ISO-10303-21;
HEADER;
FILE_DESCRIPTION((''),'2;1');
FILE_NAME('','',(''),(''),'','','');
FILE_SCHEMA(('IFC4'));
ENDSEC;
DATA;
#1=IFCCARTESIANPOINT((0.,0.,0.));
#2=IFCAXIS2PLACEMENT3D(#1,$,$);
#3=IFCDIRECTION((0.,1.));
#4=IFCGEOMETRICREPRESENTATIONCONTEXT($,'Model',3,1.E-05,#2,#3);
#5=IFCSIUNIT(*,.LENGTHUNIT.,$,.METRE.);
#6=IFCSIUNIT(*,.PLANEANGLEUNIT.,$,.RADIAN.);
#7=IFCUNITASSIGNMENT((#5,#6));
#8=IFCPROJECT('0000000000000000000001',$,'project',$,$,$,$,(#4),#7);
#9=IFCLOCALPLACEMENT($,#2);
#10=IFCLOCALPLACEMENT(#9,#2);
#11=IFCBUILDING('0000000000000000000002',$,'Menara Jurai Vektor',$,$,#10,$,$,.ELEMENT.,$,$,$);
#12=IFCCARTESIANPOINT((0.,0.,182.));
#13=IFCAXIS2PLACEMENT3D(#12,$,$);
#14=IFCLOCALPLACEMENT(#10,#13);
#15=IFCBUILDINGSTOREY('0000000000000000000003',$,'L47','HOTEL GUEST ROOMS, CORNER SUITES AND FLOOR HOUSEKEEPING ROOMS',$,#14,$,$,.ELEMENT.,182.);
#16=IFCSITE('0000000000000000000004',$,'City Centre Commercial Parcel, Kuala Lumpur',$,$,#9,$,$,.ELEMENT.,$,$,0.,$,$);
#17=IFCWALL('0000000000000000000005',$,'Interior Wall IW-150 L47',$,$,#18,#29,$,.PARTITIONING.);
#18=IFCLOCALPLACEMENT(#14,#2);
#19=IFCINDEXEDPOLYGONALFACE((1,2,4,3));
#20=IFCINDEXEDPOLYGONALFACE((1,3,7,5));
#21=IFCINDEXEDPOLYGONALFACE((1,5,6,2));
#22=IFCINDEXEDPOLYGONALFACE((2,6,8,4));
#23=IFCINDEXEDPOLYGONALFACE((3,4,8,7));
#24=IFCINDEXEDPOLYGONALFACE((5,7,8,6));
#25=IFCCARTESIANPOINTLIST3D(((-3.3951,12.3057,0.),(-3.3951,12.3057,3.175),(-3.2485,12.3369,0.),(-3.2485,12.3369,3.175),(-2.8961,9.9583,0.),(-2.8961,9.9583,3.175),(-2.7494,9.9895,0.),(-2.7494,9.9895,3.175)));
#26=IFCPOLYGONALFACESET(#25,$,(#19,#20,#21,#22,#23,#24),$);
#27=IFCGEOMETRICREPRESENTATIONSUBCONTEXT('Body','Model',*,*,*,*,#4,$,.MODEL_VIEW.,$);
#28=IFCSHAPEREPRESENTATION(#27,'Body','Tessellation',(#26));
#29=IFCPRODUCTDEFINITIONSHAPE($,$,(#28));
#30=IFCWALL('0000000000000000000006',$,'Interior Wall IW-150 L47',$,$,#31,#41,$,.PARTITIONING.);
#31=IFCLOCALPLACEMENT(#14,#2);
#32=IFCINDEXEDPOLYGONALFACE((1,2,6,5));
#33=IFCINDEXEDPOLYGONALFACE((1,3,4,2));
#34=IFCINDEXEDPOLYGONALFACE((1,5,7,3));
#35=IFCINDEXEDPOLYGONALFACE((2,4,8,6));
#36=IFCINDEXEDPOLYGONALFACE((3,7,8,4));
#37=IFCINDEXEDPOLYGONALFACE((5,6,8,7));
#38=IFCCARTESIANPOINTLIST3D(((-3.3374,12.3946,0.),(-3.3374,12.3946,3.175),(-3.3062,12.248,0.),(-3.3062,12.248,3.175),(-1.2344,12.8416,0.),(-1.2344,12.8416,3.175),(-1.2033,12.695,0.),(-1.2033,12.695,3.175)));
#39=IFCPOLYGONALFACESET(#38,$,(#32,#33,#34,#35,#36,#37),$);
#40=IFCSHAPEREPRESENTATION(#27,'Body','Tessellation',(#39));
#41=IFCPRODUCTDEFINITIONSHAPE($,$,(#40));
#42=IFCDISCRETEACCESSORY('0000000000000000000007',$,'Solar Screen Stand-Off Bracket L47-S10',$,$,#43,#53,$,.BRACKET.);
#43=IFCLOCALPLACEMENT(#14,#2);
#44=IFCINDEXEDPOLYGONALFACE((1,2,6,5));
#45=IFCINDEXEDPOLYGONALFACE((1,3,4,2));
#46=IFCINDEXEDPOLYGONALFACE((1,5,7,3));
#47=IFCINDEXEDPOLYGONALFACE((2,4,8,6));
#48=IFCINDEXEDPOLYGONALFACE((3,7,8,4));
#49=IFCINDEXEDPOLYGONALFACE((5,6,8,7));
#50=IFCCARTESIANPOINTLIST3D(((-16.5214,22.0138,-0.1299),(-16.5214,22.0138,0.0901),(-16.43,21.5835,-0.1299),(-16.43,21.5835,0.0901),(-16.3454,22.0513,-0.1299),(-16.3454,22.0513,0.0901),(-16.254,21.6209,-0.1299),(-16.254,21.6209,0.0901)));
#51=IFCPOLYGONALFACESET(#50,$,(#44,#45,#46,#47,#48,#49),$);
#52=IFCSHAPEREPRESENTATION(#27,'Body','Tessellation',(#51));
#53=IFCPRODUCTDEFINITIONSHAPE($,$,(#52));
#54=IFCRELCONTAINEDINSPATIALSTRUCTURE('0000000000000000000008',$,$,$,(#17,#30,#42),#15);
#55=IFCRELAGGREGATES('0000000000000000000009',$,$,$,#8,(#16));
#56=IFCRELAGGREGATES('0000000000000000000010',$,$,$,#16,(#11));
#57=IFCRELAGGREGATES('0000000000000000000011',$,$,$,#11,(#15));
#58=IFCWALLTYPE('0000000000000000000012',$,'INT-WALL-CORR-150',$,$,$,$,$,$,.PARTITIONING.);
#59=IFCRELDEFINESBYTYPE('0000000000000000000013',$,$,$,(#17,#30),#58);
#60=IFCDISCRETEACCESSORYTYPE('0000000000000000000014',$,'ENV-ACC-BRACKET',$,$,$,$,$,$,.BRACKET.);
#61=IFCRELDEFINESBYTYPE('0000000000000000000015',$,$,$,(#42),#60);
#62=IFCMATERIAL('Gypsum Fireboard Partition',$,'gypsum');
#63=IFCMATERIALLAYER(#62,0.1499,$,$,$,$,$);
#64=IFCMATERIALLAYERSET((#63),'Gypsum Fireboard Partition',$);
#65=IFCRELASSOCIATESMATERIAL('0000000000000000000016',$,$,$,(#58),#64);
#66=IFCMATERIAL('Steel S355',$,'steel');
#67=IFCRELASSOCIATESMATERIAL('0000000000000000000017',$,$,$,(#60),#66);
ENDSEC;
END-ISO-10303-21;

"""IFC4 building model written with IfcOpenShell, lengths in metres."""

from ifc_helpers import new_model, si_unit, direction, frame, frame_2d, origin, origin_2d, place, context, subcontext, project, spatial, rectangle, extrude, material, layer, layer_set, type_object, element, save


model = new_model("IFC4")

# Units and contexts
model_context = context("Model", 3, precision=1e-05, world=origin(), true_north=direction((0.0, 1.0)))
body_context = subcontext(model_context, "Body", "Model", "MODEL_VIEW")
ifc_project = project(units=[si_unit("LENGTHUNIT", "METRE"), si_unit("PLANEANGLEUNIT", "RADIAN")], contexts=[model_context])

# Site, building, storey
site_placement = place(None, origin())
site = spatial("IfcSite", under=ifc_project, at=site_placement, Name="City Centre Commercial Parcel, Kuala Lumpur", CompositionType="ELEMENT", RefElevation=0.0)
building_placement = place(site_placement, origin())
building = spatial("IfcBuilding", under=site, at=building_placement, Name="Menara Jurai Vektor", CompositionType="ELEMENT")
storey_placement = place(building_placement, frame((0.0, 0.0, 182.0)))
storey = spatial("IfcBuildingStorey", under=building, at=storey_placement, Name="L47", Description="HOTEL GUEST ROOMS, CORNER SUITES AND FLOOR HOUSEKEEPING ROOMS", CompositionType="ELEMENT", Elevation=182.0)

# Shared definitions
ifc_material_1 = material(Name="Steel S355", Category="steel")

# Shared definitions
ifc_material_2 = material(Name="Gypsum Fireboard Partition", Category="gypsum")
ifc_layer_1 = layer(ifc_material_2, 0.1499)
ifc_layer_set_1 = layer_set([ifc_layer_1], Name="Gypsum Fireboard Partition")
wall_type = type_object("IfcWallType", Name="INT-WALL-CORR-150", PredefinedType="PARTITIONING", material=ifc_layer_set_1)

# Walls
wall_1_placement = place(storey_placement, frame((-2.8228, 9.9739, 0.0), z_axis=(0.0, 0.0, 1.0), x_axis=(-0.207938, 0.978142, 0.0)))
element("IfcWall", 1, at=wall_1_placement, inside=storey, type_object=wall_type, Name="Interior Wall IW-150 L47", PredefinedType="PARTITIONING", context=body_context, shape_type="SweptSolid", body=[
    extrude(rectangle(XDim=2.3999, YDim=0.1499, at=frame_2d((1.2, 0.0))), origin(), (0.0, 0.0, 1.0), 3.175),
])
wall_2_placement = place(storey_placement, frame((-3.3218, 12.3213, 0.0), z_axis=(0.0, 0.0, 1.0), x_axis=(0.978147, 0.207916, 0.0)))
element("IfcWall", 2, at=wall_2_placement, inside=storey, type_object=wall_type, Name="Interior Wall IW-150 L47", PredefinedType="PARTITIONING", context=body_context, shape_type="SweptSolid", body=[
    extrude(rectangle(XDim=2.1499, YDim=0.1499, at=frame_2d((1.075, 0.0))), origin(), (0.0, 0.0, 1.0), 3.175),
])

# Discrete accessory
discrete_accessory_type = type_object("IfcDiscreteAccessoryType", Name="ENV-ACC-BRACKET", PredefinedType="BRACKET", material=ifc_material_1)
discrete_accessory_placement = place(storey_placement, frame((-16.3877, 21.8174, -0.1299), z_axis=(0.0, 0.0, 1.0), x_axis=(-0.978148, -0.207912, 0.0)))
element("IfcDiscreteAccessory", 3, at=discrete_accessory_placement, inside=storey, type_object=discrete_accessory_type, Name="Solar Screen Stand-Off Bracket L47-S10", PredefinedType="BRACKET", context=body_context, shape_type="SweptSolid", body=[
    extrude(rectangle(XDim=0.1799, YDim=0.4399, at=origin_2d()), origin(), (0.0, 0.0, 1.0), 0.22),
])

save(model, "model.ifc")
